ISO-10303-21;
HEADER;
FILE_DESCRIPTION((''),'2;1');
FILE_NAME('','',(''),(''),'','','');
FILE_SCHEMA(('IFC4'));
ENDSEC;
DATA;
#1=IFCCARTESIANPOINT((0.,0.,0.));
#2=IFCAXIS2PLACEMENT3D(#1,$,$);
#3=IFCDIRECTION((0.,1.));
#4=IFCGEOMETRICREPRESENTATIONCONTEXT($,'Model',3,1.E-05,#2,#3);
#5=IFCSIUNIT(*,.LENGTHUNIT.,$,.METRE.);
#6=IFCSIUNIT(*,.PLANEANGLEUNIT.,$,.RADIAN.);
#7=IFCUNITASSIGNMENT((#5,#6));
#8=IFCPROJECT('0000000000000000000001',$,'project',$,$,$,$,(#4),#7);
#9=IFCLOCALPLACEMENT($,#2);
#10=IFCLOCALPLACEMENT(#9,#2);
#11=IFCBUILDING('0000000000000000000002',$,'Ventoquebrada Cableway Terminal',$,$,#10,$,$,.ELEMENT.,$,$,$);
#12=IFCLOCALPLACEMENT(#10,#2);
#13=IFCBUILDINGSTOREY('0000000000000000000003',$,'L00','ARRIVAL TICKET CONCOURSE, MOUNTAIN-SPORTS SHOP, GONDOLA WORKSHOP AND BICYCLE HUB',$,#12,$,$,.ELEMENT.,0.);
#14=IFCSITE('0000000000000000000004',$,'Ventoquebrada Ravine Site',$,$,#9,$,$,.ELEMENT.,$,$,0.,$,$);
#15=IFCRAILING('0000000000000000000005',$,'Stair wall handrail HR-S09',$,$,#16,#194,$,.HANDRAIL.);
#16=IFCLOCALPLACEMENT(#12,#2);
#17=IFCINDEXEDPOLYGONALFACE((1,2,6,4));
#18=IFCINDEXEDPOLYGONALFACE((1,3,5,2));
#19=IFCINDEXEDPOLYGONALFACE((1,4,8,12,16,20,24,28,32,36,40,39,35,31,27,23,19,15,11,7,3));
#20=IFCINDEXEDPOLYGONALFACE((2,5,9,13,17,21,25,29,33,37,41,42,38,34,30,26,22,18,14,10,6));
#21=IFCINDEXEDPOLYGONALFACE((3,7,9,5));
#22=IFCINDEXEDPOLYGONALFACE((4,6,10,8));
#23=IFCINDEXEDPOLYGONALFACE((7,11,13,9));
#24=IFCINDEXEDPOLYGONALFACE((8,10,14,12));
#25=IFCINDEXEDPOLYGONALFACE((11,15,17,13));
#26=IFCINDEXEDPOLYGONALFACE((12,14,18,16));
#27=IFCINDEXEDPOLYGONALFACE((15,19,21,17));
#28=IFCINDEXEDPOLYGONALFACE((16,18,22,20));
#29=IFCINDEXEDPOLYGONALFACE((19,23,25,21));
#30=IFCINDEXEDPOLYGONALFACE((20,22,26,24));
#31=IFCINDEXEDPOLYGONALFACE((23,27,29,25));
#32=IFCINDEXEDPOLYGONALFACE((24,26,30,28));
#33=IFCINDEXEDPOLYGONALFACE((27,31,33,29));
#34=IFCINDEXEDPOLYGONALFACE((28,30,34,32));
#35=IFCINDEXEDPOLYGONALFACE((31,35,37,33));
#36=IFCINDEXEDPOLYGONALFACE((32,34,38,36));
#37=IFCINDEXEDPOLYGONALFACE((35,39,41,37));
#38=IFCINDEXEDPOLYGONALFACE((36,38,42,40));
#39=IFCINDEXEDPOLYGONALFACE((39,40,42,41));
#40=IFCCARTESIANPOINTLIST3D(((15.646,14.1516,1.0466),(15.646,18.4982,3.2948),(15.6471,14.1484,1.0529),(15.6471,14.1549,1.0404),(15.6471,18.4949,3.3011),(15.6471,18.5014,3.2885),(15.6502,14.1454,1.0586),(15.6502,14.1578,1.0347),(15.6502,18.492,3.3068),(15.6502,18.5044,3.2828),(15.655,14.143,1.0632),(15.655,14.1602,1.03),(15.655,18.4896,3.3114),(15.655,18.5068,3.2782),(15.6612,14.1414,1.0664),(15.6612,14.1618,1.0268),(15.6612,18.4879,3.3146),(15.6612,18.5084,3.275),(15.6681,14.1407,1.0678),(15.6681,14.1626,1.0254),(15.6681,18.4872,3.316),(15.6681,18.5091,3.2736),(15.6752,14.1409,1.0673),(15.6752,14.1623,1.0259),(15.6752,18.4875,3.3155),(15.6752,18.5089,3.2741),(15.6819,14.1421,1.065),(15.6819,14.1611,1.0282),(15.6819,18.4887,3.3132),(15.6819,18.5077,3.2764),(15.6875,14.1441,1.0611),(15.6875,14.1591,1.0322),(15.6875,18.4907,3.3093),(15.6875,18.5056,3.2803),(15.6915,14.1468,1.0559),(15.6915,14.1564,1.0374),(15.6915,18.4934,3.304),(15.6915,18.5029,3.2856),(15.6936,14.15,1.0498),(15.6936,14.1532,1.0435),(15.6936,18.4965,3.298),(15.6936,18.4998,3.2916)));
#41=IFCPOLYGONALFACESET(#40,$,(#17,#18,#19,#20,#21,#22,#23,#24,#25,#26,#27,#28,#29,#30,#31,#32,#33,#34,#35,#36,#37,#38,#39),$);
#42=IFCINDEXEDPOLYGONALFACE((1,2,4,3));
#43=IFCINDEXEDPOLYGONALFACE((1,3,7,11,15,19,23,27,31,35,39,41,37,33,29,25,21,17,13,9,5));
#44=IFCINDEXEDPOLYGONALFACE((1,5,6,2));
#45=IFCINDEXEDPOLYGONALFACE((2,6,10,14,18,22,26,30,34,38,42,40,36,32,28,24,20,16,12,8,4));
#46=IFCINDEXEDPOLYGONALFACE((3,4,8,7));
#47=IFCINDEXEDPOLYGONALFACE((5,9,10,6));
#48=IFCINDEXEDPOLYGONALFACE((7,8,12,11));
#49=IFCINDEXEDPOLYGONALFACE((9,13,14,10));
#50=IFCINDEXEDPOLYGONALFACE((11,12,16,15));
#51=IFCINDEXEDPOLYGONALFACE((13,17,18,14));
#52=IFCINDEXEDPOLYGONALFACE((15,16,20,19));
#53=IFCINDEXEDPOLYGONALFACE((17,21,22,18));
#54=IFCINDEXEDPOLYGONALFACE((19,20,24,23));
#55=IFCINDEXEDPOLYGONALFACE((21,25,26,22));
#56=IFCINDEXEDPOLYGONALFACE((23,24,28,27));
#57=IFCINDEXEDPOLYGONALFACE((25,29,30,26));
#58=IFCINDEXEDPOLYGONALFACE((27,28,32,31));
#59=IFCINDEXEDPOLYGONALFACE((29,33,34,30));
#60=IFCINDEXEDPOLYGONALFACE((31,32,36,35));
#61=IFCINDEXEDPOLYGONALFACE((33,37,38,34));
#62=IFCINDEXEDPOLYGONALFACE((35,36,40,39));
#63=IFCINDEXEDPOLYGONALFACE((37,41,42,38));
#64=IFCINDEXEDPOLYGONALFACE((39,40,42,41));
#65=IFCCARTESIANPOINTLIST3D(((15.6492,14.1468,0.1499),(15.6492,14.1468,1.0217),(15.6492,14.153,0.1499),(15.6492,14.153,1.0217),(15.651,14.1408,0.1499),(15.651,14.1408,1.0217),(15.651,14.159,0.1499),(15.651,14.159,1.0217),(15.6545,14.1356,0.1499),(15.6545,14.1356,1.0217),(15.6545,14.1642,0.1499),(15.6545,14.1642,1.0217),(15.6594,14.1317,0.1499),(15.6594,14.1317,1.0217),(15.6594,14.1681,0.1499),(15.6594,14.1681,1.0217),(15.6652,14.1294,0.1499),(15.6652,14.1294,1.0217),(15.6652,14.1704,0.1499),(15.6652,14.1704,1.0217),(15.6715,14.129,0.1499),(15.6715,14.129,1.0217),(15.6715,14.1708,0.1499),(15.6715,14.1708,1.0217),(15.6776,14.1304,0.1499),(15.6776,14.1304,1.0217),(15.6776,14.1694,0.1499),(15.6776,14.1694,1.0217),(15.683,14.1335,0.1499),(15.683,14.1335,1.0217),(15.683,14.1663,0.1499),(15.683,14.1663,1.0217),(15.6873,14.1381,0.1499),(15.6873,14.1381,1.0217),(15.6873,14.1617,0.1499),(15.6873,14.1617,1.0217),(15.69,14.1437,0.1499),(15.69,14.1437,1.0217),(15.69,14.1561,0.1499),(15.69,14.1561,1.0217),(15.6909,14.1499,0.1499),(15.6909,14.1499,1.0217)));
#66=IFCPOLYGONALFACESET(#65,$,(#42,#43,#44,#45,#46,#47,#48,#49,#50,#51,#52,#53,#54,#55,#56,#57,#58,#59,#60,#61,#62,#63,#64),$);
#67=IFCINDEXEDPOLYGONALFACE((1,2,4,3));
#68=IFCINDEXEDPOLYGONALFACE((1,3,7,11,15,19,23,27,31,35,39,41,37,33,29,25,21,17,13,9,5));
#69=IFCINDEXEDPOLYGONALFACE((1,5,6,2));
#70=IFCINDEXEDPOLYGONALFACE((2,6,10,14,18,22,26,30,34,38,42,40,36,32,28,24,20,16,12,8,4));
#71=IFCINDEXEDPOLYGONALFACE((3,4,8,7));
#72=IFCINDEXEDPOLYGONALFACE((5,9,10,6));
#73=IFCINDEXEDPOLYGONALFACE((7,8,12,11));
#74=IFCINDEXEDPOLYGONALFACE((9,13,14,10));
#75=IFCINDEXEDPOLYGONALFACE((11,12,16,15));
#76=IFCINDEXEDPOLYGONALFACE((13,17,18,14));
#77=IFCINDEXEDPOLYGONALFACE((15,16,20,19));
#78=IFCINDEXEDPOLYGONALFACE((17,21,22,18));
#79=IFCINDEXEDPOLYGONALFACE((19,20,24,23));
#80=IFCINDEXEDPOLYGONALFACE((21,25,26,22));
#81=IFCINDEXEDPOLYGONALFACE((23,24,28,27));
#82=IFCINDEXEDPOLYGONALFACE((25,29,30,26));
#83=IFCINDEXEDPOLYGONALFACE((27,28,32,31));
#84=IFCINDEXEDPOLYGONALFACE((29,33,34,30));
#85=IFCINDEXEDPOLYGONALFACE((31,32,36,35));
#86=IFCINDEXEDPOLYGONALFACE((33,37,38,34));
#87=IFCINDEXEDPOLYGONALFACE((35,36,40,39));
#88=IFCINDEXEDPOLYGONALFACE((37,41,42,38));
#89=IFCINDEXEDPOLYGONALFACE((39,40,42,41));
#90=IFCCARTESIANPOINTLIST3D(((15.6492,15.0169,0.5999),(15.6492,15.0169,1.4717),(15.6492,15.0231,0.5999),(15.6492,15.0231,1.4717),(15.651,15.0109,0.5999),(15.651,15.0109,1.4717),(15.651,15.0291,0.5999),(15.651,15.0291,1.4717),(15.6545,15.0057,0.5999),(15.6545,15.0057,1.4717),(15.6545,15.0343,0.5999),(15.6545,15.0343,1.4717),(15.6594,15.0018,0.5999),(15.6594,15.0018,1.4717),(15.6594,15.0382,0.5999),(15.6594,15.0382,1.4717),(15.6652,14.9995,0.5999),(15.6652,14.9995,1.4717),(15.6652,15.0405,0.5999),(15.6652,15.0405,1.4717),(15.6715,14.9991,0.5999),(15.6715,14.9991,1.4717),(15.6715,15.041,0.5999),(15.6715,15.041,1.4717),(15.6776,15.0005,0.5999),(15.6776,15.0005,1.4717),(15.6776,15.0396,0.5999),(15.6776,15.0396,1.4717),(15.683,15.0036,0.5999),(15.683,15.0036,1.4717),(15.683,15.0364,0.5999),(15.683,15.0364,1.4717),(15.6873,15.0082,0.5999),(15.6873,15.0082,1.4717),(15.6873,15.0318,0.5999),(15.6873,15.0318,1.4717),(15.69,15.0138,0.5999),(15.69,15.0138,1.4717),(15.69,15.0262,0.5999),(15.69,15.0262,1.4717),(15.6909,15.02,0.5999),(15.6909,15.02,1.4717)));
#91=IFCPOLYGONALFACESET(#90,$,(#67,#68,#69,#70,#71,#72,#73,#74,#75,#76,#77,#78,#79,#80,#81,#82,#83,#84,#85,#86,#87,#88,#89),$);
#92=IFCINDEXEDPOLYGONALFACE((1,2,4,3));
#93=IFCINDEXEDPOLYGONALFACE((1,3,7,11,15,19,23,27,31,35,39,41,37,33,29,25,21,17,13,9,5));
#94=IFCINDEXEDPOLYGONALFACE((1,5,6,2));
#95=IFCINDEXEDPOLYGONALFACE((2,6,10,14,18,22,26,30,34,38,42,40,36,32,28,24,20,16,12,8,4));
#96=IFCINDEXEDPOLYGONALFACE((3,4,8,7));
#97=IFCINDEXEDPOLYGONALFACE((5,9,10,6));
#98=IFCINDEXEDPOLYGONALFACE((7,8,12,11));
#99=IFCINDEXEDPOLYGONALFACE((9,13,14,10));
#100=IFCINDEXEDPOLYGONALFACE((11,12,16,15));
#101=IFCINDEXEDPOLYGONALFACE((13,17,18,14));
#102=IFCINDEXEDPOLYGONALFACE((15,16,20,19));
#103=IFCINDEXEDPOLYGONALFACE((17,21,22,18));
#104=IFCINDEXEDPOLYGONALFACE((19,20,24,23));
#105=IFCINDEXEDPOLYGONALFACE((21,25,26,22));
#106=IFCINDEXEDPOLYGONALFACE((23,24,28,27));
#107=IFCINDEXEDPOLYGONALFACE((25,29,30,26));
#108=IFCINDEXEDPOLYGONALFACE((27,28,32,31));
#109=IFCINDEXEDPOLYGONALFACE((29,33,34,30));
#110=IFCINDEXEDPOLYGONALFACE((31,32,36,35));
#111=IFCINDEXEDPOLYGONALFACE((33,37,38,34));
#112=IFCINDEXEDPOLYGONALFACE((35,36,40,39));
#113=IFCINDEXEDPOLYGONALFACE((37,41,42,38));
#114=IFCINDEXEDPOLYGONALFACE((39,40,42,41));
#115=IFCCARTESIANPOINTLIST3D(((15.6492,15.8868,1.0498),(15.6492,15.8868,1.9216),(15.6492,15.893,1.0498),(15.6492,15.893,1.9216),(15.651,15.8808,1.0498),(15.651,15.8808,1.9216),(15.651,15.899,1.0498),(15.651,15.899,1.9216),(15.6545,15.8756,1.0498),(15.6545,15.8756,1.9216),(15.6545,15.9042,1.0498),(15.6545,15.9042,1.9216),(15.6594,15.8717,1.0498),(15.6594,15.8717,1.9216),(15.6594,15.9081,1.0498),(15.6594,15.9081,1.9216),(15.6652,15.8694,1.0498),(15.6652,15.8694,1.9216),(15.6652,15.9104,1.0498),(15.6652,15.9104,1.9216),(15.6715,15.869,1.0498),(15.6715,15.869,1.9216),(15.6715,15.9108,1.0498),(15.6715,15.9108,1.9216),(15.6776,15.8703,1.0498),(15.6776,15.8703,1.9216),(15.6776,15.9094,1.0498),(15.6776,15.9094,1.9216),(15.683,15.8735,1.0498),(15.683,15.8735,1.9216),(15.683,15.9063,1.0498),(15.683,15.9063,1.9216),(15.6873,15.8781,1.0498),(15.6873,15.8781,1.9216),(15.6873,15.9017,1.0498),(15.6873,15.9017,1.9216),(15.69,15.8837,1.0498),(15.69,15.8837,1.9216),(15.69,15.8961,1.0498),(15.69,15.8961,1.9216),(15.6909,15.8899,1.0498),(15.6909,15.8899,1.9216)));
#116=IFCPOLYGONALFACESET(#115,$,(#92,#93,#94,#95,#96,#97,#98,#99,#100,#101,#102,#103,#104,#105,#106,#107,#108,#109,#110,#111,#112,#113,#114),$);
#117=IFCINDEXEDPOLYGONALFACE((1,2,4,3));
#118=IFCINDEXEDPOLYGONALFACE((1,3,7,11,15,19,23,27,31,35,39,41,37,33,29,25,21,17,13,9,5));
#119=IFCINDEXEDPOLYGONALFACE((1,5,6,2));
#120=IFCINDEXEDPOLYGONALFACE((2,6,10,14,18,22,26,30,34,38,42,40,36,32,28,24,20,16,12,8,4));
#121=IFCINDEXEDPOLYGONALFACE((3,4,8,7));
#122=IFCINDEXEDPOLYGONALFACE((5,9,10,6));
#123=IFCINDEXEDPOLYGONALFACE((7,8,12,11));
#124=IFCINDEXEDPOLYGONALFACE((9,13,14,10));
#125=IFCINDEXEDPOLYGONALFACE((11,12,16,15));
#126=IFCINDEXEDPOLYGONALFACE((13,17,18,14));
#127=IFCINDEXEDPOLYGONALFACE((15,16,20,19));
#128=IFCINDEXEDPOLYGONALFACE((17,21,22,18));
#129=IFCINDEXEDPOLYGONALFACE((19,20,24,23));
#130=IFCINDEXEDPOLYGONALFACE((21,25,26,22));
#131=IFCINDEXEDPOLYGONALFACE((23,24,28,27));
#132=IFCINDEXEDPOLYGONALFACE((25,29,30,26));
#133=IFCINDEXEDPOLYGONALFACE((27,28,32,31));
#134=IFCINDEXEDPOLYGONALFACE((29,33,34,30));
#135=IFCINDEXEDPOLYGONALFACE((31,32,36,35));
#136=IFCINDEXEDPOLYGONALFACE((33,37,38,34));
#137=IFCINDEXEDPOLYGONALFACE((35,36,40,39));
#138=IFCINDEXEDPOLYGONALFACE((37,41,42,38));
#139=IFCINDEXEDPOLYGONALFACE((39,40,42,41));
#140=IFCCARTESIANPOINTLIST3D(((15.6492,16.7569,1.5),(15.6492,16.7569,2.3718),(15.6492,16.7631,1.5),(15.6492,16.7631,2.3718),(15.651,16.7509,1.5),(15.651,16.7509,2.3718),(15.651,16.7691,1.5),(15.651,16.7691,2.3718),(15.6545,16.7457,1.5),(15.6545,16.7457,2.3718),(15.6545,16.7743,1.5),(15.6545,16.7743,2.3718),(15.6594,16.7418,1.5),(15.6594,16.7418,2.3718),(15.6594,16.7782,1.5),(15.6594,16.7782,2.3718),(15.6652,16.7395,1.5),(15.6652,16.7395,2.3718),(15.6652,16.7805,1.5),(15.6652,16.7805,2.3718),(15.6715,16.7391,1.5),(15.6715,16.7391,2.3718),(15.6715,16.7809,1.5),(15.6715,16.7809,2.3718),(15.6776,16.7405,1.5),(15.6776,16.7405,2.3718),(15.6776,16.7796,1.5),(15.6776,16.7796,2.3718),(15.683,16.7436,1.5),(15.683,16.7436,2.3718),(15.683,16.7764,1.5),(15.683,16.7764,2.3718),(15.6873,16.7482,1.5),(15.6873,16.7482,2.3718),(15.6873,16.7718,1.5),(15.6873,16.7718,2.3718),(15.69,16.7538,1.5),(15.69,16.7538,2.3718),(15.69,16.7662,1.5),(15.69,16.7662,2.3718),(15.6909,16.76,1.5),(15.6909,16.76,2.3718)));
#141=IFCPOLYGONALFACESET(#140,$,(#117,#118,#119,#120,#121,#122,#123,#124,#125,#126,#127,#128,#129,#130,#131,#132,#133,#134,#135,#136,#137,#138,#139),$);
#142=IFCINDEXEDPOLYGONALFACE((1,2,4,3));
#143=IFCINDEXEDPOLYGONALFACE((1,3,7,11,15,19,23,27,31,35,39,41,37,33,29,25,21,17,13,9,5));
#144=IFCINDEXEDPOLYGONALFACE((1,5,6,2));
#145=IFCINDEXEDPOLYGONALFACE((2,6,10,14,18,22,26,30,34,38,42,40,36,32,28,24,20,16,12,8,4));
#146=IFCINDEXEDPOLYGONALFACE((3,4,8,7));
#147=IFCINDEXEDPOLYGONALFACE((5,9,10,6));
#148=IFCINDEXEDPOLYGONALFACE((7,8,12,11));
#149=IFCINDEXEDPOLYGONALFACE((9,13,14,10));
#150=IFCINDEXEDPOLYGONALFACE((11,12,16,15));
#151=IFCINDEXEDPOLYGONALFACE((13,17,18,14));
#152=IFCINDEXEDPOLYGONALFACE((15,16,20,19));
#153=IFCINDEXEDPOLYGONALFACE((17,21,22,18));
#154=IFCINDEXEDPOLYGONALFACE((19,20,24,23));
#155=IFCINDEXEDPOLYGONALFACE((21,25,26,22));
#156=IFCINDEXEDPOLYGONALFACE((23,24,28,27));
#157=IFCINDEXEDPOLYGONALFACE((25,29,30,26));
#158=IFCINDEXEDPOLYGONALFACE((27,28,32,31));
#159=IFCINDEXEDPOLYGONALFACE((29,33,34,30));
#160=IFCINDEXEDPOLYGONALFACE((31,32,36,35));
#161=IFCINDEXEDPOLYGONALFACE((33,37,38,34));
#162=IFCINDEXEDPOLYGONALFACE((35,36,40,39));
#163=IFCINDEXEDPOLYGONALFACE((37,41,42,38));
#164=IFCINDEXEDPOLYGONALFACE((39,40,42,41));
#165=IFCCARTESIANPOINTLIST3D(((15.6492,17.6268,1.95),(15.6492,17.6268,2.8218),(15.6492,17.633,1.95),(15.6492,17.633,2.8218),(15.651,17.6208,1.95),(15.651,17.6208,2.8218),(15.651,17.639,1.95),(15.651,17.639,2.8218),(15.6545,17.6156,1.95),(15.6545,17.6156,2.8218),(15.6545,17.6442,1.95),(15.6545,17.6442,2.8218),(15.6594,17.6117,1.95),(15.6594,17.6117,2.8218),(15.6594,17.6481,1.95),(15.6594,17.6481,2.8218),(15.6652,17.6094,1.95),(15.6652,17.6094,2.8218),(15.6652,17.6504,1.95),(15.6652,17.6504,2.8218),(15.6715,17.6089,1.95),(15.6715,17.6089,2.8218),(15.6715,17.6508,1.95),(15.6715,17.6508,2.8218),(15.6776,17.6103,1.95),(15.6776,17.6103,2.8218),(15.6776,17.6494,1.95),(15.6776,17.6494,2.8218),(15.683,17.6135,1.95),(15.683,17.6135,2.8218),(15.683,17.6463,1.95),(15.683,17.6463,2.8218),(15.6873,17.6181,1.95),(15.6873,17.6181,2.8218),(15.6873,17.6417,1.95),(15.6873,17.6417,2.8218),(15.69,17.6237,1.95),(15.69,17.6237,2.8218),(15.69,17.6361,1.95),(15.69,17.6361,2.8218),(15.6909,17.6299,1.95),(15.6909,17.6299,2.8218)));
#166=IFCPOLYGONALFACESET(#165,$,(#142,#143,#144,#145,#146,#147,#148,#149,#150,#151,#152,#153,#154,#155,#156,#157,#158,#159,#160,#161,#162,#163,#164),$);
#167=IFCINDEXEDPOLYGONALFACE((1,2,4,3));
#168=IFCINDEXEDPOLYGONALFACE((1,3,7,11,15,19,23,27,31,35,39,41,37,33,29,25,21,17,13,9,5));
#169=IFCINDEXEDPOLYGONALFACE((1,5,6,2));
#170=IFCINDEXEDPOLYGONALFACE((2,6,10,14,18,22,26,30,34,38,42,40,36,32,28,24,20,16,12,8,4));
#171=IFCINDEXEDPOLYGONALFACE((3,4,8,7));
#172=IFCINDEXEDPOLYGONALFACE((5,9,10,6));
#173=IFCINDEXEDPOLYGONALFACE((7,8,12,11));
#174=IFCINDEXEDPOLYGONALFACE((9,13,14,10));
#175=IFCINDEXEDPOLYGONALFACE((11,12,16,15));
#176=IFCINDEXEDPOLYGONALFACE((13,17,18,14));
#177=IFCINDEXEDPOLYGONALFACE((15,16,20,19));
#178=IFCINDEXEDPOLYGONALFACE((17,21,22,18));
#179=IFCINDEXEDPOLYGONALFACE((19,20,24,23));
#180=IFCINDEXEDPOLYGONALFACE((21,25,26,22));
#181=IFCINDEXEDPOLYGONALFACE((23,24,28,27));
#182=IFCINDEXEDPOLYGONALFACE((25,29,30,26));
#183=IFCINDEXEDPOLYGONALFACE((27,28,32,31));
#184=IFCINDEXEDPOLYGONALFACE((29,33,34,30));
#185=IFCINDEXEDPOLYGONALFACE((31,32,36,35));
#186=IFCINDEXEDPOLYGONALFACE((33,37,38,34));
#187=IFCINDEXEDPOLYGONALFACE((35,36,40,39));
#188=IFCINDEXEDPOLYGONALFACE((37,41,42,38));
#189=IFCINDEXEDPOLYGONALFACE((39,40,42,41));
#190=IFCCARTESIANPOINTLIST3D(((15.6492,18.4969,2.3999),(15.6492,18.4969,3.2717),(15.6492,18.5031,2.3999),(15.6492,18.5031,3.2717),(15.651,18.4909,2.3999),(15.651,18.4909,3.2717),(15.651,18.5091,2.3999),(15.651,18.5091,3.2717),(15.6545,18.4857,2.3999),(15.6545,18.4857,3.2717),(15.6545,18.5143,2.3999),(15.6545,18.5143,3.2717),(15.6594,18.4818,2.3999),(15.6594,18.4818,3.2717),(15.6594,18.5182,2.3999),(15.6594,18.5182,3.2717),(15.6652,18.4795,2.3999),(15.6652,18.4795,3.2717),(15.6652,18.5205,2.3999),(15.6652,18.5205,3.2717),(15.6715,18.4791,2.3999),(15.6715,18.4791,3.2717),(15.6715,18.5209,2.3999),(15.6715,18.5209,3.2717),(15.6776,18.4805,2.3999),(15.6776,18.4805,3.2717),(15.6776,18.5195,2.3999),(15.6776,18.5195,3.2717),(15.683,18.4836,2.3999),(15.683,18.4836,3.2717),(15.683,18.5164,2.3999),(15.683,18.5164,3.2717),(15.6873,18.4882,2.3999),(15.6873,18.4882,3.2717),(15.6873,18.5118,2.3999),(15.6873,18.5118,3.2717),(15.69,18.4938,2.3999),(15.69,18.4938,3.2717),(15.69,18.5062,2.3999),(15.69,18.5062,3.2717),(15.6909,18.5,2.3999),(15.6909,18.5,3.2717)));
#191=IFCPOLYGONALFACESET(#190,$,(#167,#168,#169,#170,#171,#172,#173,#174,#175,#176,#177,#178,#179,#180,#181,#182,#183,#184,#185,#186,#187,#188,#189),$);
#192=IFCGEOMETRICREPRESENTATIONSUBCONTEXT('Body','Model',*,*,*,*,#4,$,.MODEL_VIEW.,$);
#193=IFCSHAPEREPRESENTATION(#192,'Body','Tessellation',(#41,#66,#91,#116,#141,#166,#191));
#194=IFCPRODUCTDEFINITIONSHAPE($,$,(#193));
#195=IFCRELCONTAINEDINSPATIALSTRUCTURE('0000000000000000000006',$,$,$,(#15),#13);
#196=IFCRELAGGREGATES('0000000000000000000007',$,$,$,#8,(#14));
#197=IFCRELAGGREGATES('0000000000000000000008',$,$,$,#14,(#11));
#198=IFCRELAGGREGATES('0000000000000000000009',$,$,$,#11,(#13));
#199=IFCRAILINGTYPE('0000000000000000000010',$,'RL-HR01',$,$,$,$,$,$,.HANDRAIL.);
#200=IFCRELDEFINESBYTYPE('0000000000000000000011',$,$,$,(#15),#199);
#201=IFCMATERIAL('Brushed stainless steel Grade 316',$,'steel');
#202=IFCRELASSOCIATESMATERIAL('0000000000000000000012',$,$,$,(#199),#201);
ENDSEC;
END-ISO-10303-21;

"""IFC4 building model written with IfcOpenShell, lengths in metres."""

from ifc_helpers import new_model, si_unit, direction, frame, origin, origin_2d, place, context, subcontext, project, spatial, circle, extrude, material, type_object, element, save


model = new_model("IFC4")

# Units and contexts
model_context = context("Model", 3, precision=1e-05, world=origin(), true_north=direction((0.0, 1.0)))
body_context = subcontext(model_context, "Body", "Model", "MODEL_VIEW")
ifc_project = project(units=[si_unit("LENGTHUNIT", "METRE"), si_unit("PLANEANGLEUNIT", "RADIAN")], contexts=[model_context])

# Site, building, storey
site_placement = place(None, origin())
site = spatial("IfcSite", under=ifc_project, at=site_placement, Name="Ventoquebrada Ravine Site", CompositionType="ELEMENT", RefElevation=0.0)
building_placement = place(site_placement, origin())
building = spatial("IfcBuilding", under=site, at=building_placement, Name="Ventoquebrada Cableway Terminal", CompositionType="ELEMENT")
storey_placement = place(building_placement, origin())
storey = spatial("IfcBuildingStorey", under=building, at=storey_placement, Name="L00", Description="ARRIVAL TICKET CONCOURSE, MOUNTAIN-SPORTS SHOP, GONDOLA WORKSHOP AND BICYCLE HUB", CompositionType="ELEMENT", Elevation=0.0)

# Railing
ifc_material_1 = material(Name="Brushed stainless steel Grade 316", Category="steel")
railing_type_1 = type_object("IfcRailingType", Name="RL-HR01", PredefinedType="HANDRAIL", material=ifc_material_1)
railing_1_placement = place(storey_placement, frame((15.6699, 14.1499, 0.1499)))
element("IfcRailing", 1, at=railing_1_placement, inside=storey, type_object=railing_type_1, Name="Stair wall handrail HR-S09", PredefinedType="HANDRAIL", context=body_context, shape_type="SweptSolid", body=[
    extrude(circle(Radius=0.0239, at=origin_2d()), frame((0.0, 0.0017, 0.8967), z_axis=(0.0, 0.888222, 0.459415), x_axis=(-1.0, 0.0, 0.0)), (0.0, 0.0, 1.0), 4.8936),
    extrude(circle(Radius=0.021, at=origin_2d()), origin(), (0.0, 0.0, 1.0), 0.8718),
    extrude(circle(Radius=0.021, at=origin_2d()), frame((0.0, 0.8701, 0.45)), (0.0, 0.0, 1.0), 0.8718),
    extrude(circle(Radius=0.021, at=origin_2d()), frame((0.0, 1.74, 0.8999)), (0.0, 0.0, 1.0), 0.8718),
    extrude(circle(Radius=0.021, at=origin_2d()), frame((0.0, 2.6101, 1.3501)), (0.0, 0.0, 1.0), 0.8718),
    extrude(circle(Radius=0.021, at=origin_2d()), frame((0.0, 3.48, 1.8)), (0.0, 0.0, 1.0), 0.8718),
    extrude(circle(Radius=0.021, at=origin_2d()), frame((0.0, 4.3501, 2.25)), (0.0, 0.0, 1.0), 0.8718),
])

save(model, "model.ifc")
